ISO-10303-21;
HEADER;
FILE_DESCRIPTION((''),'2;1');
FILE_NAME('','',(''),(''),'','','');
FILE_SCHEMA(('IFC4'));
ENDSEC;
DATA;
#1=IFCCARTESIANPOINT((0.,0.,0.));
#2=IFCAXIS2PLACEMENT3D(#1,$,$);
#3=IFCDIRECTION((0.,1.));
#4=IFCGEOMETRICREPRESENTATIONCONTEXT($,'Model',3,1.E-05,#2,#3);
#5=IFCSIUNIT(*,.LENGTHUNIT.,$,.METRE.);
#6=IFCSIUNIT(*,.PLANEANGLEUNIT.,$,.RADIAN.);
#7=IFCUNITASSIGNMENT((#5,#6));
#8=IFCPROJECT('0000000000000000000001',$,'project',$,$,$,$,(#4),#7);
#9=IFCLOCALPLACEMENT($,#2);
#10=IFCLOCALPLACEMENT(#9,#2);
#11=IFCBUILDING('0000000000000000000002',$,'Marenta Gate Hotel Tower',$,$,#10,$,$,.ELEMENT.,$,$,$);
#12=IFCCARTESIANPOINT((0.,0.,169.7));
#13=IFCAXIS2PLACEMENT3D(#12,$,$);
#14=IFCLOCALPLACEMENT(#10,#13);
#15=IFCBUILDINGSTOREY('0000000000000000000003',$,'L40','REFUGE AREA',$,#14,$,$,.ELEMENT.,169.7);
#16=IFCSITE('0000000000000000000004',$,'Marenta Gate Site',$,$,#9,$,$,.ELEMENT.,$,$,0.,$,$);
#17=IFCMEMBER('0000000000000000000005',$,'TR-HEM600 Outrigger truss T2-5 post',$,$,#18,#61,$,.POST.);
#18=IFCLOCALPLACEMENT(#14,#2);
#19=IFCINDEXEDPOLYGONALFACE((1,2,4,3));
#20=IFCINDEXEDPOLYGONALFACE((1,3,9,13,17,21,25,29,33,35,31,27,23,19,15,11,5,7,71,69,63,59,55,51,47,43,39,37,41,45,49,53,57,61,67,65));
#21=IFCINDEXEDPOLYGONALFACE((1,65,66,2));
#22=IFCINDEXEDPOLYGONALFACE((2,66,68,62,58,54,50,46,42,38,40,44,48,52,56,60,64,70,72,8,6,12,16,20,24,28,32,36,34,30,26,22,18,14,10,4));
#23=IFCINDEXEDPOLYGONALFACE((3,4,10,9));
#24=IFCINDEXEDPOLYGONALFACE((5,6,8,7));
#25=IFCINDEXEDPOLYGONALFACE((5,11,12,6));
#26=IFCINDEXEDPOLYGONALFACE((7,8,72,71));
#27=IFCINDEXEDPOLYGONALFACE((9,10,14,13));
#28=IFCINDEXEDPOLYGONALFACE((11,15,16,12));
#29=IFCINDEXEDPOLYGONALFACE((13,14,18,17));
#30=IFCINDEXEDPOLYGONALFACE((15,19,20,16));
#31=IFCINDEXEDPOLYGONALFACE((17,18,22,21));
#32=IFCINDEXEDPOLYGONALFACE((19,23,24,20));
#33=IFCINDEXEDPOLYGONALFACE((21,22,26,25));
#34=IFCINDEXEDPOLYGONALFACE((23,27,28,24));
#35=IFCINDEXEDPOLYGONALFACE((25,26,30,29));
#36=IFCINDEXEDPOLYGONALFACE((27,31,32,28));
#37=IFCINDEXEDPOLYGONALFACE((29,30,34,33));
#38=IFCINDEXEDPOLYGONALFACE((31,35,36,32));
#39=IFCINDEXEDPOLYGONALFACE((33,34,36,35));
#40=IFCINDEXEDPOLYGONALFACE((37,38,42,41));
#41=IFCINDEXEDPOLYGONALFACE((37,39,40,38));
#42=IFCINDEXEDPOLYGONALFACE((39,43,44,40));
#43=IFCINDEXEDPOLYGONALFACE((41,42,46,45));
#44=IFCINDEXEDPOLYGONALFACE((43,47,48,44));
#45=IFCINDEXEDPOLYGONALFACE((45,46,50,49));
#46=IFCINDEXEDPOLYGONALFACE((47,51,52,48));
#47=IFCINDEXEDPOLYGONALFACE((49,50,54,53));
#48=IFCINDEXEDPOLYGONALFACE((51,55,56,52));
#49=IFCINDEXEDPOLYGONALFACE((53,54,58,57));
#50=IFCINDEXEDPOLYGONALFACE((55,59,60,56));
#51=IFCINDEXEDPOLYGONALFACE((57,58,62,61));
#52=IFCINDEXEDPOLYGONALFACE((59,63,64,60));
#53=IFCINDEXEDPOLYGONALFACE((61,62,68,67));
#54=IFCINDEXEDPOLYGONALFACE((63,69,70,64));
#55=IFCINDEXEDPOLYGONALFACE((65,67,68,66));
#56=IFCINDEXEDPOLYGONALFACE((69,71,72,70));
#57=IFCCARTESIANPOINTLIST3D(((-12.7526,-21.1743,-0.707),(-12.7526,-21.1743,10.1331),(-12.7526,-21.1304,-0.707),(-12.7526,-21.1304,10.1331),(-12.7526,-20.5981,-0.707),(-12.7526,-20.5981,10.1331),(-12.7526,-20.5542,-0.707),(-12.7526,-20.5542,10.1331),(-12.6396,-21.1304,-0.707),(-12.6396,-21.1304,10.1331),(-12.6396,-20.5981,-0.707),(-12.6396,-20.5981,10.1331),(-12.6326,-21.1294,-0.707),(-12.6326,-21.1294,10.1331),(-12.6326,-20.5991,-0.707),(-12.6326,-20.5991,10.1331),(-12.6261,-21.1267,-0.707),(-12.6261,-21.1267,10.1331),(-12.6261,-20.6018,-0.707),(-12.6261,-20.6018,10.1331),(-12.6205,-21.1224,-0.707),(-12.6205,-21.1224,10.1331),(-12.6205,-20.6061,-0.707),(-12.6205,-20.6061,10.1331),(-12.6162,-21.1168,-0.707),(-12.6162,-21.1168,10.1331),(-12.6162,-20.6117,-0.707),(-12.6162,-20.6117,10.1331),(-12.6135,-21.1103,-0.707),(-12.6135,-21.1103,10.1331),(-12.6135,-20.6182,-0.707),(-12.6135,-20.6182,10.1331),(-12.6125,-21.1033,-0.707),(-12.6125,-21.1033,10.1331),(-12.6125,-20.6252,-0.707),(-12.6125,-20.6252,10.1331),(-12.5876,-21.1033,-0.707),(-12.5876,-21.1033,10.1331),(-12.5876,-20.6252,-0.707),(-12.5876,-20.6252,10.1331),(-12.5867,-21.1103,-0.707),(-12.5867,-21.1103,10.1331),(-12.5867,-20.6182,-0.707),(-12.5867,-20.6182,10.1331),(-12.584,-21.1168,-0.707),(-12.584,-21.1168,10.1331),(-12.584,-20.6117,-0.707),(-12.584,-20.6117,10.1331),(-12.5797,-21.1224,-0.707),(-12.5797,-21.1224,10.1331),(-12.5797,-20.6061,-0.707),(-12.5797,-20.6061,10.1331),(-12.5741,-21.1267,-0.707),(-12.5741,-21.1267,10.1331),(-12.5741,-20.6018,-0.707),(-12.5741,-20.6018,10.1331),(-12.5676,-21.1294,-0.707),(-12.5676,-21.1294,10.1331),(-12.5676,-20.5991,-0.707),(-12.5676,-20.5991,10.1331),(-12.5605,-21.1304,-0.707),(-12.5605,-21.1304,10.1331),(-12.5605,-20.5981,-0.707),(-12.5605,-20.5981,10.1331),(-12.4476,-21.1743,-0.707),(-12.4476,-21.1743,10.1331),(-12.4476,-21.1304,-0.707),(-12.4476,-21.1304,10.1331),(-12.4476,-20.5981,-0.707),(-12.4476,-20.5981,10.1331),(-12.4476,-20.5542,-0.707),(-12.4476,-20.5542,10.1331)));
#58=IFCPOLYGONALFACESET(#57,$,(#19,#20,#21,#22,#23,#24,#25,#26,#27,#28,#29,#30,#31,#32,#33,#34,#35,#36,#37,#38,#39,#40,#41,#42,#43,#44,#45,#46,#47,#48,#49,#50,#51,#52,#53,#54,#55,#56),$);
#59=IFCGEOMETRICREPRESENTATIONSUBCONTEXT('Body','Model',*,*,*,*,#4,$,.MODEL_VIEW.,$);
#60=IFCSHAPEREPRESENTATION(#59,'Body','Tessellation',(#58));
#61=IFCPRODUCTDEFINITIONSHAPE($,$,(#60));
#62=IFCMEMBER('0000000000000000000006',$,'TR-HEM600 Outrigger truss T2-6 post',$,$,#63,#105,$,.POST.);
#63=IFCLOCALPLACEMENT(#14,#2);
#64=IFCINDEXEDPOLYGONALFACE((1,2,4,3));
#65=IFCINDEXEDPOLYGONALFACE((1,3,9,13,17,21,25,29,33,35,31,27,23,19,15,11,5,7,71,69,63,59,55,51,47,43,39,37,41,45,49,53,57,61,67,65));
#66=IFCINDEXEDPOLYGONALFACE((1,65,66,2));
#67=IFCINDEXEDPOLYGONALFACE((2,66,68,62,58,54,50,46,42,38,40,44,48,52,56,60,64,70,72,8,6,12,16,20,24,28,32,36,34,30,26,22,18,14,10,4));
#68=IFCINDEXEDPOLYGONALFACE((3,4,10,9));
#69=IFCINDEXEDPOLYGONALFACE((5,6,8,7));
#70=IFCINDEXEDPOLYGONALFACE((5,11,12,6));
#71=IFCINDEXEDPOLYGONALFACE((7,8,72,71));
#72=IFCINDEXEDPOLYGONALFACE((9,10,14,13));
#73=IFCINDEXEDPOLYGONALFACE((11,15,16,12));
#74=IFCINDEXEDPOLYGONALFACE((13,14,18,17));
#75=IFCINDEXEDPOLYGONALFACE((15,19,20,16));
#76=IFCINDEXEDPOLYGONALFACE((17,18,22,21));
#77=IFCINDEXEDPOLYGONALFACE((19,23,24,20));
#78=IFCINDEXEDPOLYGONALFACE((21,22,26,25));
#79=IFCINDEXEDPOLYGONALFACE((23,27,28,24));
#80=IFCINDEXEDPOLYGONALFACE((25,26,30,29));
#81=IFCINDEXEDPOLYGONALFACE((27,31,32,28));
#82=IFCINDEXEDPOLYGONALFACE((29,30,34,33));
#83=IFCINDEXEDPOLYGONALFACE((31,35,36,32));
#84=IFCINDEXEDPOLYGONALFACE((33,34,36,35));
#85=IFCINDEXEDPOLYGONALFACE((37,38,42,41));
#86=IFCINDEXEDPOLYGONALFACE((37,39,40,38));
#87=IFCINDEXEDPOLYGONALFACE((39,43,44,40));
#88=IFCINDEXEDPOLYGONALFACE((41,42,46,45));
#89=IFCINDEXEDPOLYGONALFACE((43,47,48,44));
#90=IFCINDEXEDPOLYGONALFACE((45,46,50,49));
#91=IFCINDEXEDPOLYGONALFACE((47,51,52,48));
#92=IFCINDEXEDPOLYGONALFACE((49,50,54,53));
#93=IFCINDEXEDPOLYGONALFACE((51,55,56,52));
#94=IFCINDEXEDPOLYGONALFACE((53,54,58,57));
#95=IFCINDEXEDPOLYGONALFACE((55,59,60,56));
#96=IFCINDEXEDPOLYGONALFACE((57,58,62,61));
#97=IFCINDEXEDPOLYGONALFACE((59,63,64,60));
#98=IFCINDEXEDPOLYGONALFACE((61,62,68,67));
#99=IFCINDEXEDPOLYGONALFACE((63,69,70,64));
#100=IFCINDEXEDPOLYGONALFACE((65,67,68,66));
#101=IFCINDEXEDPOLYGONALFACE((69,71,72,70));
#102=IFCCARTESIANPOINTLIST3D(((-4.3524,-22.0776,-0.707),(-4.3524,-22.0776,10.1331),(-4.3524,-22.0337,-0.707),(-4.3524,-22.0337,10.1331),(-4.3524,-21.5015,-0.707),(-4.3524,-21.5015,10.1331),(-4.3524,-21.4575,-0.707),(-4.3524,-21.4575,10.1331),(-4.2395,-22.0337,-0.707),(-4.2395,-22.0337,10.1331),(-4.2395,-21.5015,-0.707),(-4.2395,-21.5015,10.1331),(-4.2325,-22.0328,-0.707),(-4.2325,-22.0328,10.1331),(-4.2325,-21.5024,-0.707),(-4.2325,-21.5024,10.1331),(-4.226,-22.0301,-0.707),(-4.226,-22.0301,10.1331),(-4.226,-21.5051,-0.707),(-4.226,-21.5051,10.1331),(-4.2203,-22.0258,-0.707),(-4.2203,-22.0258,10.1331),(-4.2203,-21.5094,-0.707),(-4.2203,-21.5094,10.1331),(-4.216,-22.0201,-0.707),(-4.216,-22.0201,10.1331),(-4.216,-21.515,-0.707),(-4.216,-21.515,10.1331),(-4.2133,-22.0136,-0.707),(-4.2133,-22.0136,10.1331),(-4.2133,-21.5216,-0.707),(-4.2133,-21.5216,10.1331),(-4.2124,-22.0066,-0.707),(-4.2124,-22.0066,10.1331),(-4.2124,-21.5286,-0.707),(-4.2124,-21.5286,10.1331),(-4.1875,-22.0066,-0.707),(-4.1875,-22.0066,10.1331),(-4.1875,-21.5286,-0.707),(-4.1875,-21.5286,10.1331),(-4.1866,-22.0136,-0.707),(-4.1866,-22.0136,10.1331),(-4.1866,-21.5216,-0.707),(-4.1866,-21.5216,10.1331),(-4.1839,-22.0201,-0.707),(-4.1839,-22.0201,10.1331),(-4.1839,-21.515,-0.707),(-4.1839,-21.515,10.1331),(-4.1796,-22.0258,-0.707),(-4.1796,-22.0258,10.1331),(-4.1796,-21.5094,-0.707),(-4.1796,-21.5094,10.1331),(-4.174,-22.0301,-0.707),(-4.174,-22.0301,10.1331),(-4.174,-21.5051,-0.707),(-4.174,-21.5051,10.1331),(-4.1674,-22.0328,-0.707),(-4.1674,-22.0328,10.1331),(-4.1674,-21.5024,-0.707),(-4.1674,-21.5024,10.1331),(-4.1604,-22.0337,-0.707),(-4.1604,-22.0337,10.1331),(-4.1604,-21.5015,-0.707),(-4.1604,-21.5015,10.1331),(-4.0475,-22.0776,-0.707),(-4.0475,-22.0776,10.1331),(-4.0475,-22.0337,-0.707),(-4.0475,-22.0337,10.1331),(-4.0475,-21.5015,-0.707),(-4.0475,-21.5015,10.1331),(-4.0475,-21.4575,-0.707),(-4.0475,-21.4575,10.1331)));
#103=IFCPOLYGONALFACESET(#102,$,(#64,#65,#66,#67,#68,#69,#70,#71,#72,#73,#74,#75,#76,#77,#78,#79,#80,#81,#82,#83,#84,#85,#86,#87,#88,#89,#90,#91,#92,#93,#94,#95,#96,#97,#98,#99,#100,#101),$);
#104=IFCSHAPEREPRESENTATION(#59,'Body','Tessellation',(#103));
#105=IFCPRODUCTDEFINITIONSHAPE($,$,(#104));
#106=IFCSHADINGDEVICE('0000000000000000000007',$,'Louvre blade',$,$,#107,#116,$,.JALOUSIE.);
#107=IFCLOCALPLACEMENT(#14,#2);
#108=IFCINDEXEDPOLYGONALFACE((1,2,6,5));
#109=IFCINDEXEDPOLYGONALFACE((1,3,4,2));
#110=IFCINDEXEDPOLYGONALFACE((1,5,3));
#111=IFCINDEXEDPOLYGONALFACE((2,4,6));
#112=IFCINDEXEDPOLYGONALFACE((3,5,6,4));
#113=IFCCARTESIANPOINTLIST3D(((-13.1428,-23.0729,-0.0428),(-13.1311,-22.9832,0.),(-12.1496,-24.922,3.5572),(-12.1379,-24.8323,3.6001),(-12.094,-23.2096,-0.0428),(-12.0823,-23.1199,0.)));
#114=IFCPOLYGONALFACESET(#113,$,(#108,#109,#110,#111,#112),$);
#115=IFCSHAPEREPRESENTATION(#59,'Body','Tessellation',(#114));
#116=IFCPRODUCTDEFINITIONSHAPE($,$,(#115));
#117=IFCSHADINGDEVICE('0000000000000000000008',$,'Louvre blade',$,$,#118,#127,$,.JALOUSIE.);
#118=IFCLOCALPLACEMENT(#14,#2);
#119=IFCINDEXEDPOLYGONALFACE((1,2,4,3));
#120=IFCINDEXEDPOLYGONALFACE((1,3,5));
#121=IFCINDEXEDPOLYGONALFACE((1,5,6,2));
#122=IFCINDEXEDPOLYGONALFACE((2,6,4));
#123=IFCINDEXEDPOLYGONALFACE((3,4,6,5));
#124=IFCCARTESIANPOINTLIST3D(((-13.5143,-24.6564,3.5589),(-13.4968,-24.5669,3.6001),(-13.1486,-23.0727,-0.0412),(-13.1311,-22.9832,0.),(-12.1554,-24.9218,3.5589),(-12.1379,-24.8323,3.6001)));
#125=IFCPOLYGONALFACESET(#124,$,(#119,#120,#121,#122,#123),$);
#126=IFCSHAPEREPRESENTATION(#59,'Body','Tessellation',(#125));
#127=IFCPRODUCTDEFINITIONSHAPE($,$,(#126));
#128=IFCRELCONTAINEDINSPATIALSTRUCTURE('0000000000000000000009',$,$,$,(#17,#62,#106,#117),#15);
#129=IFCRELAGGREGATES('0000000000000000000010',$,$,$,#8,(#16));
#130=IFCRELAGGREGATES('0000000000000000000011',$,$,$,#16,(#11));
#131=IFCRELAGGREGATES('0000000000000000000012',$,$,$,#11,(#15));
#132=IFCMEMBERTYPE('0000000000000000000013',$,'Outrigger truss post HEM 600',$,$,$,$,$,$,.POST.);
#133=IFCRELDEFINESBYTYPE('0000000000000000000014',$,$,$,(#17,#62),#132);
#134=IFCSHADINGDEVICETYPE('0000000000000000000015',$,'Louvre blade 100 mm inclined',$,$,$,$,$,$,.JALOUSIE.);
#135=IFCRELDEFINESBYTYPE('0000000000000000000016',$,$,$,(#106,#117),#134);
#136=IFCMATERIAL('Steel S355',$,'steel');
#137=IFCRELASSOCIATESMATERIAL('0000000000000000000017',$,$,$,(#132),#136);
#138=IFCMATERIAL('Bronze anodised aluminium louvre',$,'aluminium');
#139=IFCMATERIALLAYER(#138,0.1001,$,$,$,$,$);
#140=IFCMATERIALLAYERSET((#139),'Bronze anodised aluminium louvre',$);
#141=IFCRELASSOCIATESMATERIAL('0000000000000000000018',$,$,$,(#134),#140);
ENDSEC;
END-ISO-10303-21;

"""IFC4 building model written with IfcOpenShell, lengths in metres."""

from ifc_helpers import new_model, si_unit, direction, frame, origin, origin_2d, place, context, subcontext, project, spatial, polyline, i_section, outline, extrude, material, layer, layer_set, material_profile, profile_set, type_object, element, save


model = new_model("IFC4")

# Units and contexts
model_context = context("Model", 3, precision=1e-05, world=origin(), true_north=direction((0.0, 1.0)))
body_context = subcontext(model_context, "Body", "Model", "MODEL_VIEW")
ifc_project = project(units=[si_unit("LENGTHUNIT", "METRE"), si_unit("PLANEANGLEUNIT", "RADIAN")], contexts=[model_context])

# Site, building, storey
site_placement = place(None, origin())
site = spatial("IfcSite", under=ifc_project, at=site_placement, Name="Marenta Gate Site", CompositionType="ELEMENT", RefElevation=0.0)
building_placement = place(site_placement, origin())
building = spatial("IfcBuilding", under=site, at=building_placement, Name="Marenta Gate Hotel Tower", CompositionType="ELEMENT")
storey_placement = place(building_placement, frame((0.0, 0.0, 169.7)))
storey = spatial("IfcBuildingStorey", under=building, at=storey_placement, Name="L40", Description="REFUGE AREA", CompositionType="ELEMENT", Elevation=169.7)

# Members
ifc_material_1 = material(Name="Steel S355", Category="steel")
ifc_material_profile_1 = material_profile(ifc_material_1, i_section(OverallWidth=0.3049, OverallDepth=0.6201, WebThickness=0.0249, FlangeThickness=0.0439, FilletRadius=0.0271, at=origin_2d()), Name="HEM 600")
ifc_profile_set_1 = profile_set([ifc_material_profile_1], Name="Steel S355")
member_type_1 = type_object("IfcMemberType", Name="Outrigger truss post HEM 600", PredefinedType="POST", material=ifc_profile_set_1)
for number, where, z_axis, x_axis, name in (
    (1, (-12.6001, -20.8643, -0.707), (0.0, 0.0, 1.0), (1.0, 0.0, 0.0), "TR-HEM600 Outrigger truss T2-5 post"),
    (2, (-4.2, -21.7676, -0.707), (0.0, 0.0, 1.0), (1.0, 0.0, 0.0), "TR-HEM600 Outrigger truss T2-6 post"),
):
    element("IfcMember", number, at=place(storey_placement, frame(where, z_axis=z_axis, x_axis=x_axis)), inside=storey, type_object=member_type_1, Name=name, PredefinedType="POST", context=body_context, shape_type="SweptSolid", body=[
        extrude(i_section(OverallWidth=0.3049, OverallDepth=0.6201, WebThickness=0.0249, FlangeThickness=0.0439, FilletRadius=0.0271, at=origin_2d()), origin(), (0.0, 0.0, 1.0), 10.8401),
    ])

# Shading devices
ifc_material_2 = material(Name="Bronze anodised aluminium louvre", Category="aluminium")
ifc_layer_1 = layer(ifc_material_2, 0.1001)
ifc_layer_set_1 = layer_set([ifc_layer_1], Name="Bronze anodised aluminium louvre")
shading_device_type = type_object("IfcShadingDeviceType", Name="Louvre blade 100 mm inclined", PredefinedType="JALOUSIE", material=ifc_layer_set_1)
shading_device_1_placement = place(storey_placement, frame((-13.1311, -22.9832, 0.0), z_axis=(0.116818, 0.896164, 0.42807), x_axis=(0.991611, -0.12926, 0.0)))
element("IfcShadingDevice", 3, at=shading_device_1_placement, inside=storey, type_object=shading_device_type, Name="Louvre blade", PredefinedType="JALOUSIE", context=body_context, shape_type="SweptSolid", body=[
    extrude(outline(polyline([(0.0, 0.0), (1.0577, 0.0), (1.2238, -3.9835), (0.0, 0.0)])), origin(), (0.0, 0.0, -1.0), 0.1001),
])
shading_device_2_placement = place(storey_placement, frame((-13.1311, -22.9832, 0.0), z_axis=(0.174709, 0.894601, 0.411297), x_axis=(0.238324, -0.443722, 0.863894)))
element("IfcShadingDevice", 4, at=shading_device_2_placement, inside=storey, type_object=shading_device_type, Name="Louvre blade", PredefinedType="JALOUSIE", context=body_context, shape_type="SweptSolid", body=[
    extrude(outline(polyline([(0.0, 0.0), (4.1673, 0.0), (3.7257, -1.3122), (0.0, 0.0)])), origin(), (0.0, 0.0, -1.0), 0.1001),
])

save(model, "model.ifc")
